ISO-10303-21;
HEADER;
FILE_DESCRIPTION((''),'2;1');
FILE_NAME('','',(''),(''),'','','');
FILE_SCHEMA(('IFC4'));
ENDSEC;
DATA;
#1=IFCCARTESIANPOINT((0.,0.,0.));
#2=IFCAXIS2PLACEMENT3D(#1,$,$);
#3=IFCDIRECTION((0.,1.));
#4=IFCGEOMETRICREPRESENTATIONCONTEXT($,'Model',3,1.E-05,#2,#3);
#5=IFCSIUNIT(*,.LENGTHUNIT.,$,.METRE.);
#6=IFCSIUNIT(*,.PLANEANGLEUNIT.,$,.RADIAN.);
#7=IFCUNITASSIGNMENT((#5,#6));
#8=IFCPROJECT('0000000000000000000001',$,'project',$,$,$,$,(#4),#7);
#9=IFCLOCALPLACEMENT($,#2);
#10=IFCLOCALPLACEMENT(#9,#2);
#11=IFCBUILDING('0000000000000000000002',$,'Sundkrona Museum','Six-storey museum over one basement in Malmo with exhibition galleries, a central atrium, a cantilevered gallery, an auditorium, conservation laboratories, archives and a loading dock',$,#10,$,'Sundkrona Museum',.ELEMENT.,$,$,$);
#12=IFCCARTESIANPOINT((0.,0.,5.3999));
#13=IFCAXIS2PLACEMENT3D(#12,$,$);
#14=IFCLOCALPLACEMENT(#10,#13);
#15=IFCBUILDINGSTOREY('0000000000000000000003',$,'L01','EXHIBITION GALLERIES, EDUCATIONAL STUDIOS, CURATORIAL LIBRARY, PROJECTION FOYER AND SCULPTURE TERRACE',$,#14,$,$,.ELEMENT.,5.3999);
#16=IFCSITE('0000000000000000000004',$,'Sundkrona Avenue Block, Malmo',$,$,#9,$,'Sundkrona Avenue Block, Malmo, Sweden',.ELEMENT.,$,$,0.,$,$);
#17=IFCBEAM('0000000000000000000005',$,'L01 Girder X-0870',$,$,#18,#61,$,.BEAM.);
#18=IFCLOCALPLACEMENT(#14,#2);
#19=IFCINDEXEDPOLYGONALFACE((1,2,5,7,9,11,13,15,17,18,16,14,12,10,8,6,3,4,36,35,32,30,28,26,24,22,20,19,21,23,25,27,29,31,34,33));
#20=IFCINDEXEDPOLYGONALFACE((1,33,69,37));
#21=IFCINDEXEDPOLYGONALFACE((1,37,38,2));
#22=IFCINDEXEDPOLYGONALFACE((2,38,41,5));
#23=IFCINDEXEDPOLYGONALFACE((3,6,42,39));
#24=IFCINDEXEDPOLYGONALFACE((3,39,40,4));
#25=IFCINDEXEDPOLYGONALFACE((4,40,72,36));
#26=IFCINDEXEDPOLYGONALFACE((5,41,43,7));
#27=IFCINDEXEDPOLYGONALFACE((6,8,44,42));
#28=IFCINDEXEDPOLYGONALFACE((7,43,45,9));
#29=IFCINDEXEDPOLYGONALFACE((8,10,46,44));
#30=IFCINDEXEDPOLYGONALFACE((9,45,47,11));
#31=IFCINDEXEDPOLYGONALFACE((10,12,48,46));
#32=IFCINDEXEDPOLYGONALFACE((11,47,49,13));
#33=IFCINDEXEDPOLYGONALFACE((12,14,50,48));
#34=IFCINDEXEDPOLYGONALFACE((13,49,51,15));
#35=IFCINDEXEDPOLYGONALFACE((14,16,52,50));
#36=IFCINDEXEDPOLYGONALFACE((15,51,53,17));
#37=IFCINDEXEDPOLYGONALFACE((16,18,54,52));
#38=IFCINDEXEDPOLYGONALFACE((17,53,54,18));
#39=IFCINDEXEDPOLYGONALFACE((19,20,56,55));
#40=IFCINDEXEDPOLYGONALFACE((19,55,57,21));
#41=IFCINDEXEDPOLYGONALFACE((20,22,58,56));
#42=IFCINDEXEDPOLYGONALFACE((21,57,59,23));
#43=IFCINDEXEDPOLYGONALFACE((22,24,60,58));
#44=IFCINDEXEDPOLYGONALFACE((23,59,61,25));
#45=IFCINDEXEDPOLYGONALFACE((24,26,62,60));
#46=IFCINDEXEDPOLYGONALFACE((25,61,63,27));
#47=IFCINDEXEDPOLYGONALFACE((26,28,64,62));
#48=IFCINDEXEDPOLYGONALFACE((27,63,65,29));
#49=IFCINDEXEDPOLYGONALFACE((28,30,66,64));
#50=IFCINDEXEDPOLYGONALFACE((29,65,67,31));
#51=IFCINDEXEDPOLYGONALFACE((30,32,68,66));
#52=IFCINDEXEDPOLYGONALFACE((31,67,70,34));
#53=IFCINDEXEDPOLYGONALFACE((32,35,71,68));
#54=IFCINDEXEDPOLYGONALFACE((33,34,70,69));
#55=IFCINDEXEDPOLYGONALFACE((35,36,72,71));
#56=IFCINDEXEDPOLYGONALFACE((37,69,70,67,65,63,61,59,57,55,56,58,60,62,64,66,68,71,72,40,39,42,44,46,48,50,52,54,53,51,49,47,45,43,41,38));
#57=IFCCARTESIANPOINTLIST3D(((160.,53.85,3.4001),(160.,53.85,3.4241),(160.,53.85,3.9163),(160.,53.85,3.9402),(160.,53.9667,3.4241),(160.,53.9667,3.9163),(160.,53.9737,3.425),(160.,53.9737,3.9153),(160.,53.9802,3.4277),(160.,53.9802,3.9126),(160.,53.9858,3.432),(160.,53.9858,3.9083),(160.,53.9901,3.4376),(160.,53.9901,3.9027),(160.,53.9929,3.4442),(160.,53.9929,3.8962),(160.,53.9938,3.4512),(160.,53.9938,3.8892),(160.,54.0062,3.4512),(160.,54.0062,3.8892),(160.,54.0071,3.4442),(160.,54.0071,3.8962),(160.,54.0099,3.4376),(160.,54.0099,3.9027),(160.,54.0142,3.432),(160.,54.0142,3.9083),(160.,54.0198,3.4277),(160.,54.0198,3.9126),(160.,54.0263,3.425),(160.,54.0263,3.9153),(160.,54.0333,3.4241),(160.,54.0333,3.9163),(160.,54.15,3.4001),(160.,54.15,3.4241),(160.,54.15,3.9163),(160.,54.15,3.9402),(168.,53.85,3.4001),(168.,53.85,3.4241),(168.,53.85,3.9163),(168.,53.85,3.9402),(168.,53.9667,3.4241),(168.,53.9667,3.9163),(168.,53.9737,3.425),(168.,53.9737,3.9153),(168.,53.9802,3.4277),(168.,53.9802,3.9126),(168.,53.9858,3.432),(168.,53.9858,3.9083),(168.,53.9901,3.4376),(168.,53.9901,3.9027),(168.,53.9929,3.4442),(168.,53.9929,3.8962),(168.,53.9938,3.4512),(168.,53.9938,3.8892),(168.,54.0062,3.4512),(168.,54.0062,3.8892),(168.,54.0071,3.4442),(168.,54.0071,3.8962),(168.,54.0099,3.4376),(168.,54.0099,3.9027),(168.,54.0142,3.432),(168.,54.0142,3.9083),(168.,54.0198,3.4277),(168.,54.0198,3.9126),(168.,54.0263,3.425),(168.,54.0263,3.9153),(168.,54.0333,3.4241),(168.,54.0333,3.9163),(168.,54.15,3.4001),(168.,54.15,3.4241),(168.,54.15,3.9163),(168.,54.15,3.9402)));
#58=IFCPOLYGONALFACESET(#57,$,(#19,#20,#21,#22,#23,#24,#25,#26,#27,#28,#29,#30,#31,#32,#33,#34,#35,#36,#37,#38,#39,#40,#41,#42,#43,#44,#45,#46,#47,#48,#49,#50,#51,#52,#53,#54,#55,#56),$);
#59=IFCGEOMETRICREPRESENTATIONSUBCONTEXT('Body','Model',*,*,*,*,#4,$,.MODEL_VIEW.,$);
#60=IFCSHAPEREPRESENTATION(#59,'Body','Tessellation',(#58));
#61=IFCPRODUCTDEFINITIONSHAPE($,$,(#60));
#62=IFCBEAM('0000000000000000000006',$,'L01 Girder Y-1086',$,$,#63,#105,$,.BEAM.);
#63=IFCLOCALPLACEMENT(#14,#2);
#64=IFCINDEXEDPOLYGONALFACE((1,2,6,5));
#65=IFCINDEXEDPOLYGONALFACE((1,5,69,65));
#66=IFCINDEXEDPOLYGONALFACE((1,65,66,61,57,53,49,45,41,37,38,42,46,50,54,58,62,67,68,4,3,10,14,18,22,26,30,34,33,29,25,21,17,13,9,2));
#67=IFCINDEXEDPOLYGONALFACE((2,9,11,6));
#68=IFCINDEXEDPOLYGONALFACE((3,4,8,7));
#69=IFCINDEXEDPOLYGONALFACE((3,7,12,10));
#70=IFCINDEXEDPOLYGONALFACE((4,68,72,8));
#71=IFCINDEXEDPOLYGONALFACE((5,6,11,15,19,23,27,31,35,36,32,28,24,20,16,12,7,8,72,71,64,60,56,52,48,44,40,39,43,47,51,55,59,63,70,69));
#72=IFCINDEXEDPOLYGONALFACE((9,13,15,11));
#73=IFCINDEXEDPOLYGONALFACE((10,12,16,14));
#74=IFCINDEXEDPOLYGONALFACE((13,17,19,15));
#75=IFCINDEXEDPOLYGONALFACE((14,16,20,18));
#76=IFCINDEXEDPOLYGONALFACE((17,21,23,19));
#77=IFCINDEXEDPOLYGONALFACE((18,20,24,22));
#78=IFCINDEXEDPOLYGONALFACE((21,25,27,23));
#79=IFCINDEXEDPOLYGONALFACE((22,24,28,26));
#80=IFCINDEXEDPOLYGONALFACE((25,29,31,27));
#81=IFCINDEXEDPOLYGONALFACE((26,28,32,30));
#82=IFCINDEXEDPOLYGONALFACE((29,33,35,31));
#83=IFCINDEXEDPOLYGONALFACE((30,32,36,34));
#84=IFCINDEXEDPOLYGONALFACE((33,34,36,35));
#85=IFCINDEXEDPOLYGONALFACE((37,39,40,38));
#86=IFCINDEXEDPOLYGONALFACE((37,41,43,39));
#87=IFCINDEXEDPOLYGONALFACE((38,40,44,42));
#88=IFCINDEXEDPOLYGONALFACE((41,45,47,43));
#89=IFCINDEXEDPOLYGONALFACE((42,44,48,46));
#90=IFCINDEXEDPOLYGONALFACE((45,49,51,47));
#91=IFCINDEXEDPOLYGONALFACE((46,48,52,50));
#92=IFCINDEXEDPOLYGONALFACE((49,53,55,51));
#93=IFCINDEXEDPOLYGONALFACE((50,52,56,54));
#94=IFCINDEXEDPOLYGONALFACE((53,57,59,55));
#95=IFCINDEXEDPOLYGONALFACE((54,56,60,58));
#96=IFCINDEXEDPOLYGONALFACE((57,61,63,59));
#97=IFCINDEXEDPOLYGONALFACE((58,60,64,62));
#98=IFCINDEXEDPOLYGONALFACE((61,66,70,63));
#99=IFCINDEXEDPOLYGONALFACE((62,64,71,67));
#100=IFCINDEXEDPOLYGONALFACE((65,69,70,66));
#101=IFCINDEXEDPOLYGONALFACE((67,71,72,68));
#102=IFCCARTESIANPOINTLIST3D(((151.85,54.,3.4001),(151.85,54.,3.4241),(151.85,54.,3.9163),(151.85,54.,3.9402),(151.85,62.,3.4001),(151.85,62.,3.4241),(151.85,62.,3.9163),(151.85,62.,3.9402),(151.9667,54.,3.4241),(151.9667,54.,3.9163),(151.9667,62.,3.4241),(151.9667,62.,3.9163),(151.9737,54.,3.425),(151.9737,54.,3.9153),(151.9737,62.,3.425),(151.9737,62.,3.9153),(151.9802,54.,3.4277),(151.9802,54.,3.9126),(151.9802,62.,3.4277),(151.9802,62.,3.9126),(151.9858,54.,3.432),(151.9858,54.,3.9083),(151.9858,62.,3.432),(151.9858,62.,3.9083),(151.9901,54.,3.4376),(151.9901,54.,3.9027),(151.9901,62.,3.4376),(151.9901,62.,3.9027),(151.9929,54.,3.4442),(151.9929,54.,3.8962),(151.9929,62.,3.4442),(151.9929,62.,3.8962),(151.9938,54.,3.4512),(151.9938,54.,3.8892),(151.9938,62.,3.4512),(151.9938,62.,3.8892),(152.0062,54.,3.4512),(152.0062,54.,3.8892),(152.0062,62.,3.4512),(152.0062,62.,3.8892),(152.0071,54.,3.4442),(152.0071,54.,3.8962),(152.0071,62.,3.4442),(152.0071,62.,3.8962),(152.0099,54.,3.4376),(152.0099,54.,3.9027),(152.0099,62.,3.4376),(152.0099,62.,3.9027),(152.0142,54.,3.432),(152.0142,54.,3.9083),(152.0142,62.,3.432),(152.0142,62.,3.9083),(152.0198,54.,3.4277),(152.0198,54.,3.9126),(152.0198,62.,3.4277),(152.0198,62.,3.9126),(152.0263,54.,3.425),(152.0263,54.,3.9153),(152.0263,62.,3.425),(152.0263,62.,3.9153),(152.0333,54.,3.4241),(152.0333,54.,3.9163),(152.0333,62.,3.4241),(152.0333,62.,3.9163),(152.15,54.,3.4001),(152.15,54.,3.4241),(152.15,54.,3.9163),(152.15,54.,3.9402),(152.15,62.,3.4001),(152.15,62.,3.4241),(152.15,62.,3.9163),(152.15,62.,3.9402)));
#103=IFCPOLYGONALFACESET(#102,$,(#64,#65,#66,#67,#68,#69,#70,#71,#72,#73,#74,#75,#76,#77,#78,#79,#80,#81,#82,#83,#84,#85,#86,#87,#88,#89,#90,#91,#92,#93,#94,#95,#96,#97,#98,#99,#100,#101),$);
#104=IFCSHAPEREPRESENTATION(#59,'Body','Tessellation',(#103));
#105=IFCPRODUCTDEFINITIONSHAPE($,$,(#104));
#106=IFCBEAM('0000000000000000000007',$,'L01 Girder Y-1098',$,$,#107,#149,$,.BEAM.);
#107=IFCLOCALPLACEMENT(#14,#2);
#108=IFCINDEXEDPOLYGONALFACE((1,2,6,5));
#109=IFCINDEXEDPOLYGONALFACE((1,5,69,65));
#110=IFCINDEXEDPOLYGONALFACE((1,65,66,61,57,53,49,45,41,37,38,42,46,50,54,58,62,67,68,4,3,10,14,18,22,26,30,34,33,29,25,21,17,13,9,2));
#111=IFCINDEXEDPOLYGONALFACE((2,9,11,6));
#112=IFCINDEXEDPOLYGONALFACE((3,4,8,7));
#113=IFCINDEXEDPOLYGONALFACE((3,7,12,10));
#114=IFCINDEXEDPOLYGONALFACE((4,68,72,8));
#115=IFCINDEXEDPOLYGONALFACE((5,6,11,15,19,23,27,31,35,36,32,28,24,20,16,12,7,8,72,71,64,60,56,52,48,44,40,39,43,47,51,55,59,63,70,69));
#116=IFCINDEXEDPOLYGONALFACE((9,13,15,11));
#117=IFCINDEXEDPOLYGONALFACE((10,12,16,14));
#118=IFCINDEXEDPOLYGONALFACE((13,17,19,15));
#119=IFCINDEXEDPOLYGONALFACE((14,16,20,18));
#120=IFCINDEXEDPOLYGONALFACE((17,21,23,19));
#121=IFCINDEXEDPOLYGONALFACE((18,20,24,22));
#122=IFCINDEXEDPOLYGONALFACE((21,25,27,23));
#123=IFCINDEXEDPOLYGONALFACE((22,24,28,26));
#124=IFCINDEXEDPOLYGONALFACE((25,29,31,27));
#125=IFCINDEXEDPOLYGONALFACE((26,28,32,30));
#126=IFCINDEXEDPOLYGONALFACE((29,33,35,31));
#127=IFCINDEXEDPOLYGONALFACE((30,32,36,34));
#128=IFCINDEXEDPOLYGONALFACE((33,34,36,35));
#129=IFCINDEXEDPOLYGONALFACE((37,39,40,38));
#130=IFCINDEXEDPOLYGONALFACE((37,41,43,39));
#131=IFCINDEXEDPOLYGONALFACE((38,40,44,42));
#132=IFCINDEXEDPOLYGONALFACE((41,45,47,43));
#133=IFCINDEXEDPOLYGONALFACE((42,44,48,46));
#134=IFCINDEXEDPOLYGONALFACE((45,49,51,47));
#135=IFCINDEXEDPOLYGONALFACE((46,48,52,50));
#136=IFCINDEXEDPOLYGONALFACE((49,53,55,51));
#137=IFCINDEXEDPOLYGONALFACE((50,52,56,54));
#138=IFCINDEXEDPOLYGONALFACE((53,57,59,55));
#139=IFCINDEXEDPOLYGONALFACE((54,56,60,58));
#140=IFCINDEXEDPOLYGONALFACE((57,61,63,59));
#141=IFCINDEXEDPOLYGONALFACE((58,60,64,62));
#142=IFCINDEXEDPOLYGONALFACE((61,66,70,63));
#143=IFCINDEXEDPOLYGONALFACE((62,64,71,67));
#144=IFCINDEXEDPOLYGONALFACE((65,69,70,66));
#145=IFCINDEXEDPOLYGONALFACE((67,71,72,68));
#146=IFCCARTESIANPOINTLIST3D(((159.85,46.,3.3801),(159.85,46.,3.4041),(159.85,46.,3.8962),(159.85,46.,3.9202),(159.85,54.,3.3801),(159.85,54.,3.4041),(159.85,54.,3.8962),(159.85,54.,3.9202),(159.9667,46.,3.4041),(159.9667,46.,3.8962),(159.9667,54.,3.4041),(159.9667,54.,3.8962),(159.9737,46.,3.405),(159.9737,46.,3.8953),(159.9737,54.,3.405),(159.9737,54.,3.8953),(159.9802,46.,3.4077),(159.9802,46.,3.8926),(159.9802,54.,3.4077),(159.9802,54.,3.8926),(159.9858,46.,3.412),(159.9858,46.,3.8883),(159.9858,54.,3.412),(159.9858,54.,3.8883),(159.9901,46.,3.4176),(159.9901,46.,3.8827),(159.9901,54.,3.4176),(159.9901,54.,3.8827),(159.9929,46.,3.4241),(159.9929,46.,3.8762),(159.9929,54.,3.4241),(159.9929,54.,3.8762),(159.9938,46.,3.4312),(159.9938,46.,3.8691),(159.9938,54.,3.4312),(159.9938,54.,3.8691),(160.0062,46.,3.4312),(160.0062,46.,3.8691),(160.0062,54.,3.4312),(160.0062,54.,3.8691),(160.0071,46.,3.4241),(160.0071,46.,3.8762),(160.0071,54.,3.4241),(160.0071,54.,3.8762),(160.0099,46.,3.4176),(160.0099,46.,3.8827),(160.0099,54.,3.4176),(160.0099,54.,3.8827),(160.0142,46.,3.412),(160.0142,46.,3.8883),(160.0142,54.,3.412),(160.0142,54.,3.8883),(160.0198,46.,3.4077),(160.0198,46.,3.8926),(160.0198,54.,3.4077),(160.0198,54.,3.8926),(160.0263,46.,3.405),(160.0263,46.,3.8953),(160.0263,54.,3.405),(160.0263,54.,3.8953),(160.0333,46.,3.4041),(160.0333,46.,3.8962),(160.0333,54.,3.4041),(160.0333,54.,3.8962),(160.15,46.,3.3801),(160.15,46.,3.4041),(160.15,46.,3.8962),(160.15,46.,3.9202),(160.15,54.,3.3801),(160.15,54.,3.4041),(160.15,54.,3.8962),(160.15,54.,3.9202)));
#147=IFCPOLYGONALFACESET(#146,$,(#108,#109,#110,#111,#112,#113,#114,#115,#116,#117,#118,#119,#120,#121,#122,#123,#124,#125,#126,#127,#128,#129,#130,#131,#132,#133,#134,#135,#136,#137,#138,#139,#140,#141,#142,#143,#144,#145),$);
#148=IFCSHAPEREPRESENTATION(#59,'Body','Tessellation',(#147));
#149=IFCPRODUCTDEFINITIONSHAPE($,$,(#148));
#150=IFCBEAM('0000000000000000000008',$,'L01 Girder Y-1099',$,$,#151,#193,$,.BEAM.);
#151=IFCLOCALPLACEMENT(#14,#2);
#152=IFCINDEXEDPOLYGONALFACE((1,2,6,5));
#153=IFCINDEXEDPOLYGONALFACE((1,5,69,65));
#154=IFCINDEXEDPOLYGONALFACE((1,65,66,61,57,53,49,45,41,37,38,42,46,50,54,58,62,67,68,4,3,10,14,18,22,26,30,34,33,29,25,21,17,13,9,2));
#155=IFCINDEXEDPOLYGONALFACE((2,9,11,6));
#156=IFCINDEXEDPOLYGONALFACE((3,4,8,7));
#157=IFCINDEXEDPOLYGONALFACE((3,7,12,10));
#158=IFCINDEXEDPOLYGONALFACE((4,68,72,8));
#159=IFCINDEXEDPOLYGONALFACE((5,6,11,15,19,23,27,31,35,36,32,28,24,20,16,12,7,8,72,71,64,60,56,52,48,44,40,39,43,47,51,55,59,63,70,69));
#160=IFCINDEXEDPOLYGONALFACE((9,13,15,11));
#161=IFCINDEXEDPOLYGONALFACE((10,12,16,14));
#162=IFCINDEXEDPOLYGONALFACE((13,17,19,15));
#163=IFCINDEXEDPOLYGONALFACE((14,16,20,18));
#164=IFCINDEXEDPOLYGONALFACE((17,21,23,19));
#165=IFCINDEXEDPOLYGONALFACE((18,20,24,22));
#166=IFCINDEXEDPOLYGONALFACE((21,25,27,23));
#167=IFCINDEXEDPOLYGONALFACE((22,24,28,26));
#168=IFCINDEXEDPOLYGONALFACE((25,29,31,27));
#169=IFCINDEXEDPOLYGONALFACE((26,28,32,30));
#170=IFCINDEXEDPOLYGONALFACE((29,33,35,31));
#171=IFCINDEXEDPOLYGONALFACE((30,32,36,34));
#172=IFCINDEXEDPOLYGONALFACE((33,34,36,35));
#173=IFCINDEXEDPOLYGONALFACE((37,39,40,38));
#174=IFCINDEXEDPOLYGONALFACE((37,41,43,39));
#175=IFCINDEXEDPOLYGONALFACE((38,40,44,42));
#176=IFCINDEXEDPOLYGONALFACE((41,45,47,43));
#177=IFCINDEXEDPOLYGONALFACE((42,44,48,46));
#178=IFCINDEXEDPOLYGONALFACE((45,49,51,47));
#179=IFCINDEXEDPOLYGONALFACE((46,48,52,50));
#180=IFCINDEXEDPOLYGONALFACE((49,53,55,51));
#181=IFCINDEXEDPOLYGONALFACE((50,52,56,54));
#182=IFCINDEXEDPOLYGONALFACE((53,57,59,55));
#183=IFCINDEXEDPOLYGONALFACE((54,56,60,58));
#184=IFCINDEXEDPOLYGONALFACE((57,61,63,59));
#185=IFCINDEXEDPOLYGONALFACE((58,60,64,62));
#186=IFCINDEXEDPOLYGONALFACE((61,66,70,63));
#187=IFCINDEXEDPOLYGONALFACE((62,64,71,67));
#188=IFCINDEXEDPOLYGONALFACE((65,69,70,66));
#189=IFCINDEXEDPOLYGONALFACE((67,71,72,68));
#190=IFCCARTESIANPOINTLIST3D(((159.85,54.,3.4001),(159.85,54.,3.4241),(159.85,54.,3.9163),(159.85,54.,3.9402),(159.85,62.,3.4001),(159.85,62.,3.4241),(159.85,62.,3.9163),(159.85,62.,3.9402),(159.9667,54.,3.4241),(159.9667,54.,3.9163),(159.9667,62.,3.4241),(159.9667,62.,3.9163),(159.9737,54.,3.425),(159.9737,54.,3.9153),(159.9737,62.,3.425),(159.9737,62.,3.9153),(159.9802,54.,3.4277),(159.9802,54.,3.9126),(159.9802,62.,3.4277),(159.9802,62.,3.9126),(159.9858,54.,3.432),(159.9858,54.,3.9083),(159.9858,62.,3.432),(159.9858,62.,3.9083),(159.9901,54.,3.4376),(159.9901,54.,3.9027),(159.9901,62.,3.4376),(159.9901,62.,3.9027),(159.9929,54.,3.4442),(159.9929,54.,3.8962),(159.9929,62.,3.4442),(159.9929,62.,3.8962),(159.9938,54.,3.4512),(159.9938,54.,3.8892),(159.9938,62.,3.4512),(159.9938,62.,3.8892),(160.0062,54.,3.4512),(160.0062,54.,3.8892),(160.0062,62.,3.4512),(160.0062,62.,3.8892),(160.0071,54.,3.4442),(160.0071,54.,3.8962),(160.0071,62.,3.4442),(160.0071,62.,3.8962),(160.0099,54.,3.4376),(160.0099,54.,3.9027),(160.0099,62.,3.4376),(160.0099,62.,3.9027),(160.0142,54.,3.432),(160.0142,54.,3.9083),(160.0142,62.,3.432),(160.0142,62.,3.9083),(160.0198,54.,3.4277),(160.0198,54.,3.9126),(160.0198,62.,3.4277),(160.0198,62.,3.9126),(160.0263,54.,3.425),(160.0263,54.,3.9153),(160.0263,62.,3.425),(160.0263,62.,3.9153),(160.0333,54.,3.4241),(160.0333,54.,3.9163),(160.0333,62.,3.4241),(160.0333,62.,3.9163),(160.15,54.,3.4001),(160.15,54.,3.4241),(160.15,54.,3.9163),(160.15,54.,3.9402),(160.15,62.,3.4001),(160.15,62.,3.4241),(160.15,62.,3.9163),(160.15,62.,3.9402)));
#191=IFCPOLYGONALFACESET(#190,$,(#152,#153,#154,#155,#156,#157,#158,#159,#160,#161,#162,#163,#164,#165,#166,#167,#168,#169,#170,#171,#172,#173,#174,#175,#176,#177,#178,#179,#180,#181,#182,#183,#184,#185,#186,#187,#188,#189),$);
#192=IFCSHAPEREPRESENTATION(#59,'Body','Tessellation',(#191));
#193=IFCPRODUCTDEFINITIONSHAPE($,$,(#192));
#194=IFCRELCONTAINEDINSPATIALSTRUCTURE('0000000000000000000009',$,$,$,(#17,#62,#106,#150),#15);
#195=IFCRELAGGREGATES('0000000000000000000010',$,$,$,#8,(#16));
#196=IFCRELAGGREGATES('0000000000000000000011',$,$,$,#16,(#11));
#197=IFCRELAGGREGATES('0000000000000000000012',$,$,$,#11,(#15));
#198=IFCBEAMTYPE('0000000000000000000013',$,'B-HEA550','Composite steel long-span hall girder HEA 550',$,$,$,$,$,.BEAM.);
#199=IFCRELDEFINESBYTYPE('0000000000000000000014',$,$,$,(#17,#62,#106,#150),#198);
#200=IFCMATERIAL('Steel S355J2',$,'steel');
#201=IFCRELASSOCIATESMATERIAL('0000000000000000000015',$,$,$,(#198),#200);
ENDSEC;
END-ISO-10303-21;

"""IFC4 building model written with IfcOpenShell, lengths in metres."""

from ifc_helpers import new_model, si_unit, direction, frame, origin, origin_2d, place, context, subcontext, project, spatial, i_section, extrude, material, material_profile, profile_set, type_object, element, save


model = new_model("IFC4")

# Units and contexts
model_context = context("Model", 3, precision=1e-05, world=origin(), true_north=direction((0.0, 1.0)))
body_context = subcontext(model_context, "Body", "Model", "MODEL_VIEW")
ifc_project = project(units=[si_unit("LENGTHUNIT", "METRE"), si_unit("PLANEANGLEUNIT", "RADIAN")], contexts=[model_context])

# Site, building, storey
site_placement = place(None, origin())
site = spatial("IfcSite", under=ifc_project, at=site_placement, Name="Sundkrona Avenue Block, Malmo", LongName="Sundkrona Avenue Block, Malmo, Sweden", CompositionType="ELEMENT", RefElevation=0.0)
building_placement = place(site_placement, origin())
building = spatial("IfcBuilding", under=site, at=building_placement, Name="Sundkrona Museum", Description="Six-storey museum over one basement in Malmo with exhibition galleries, a central atrium, a cantilevered gallery, an auditorium, conservation laboratories, archives and a loading dock", LongName="Sundkrona Museum", CompositionType="ELEMENT")
storey_placement = place(building_placement, frame((0.0, 0.0, 5.3999)))
storey = spatial("IfcBuildingStorey", under=building, at=storey_placement, Name="L01", Description="EXHIBITION GALLERIES, EDUCATIONAL STUDIOS, CURATORIAL LIBRARY, PROJECTION FOYER AND SCULPTURE TERRACE", CompositionType="ELEMENT", Elevation=5.3999)

# Shared definitions
ifc_material_1 = material(Name="Steel S355J2", Category="steel")

# Beams
ifc_material_profile_1 = material_profile(ifc_material_1, i_section(OverallWidth=0.3, OverallDepth=0.54, WebThickness=0.0125, FlangeThickness=0.0239, FilletRadius=0.0271, at=origin_2d()), Name="HEA 550")
ifc_profile_set_1 = profile_set([ifc_material_profile_1], Name="Steel S355J2")
beam_type_1 = type_object("IfcBeamType", Name="B-HEA550", Description="Composite steel long-span hall girder HEA 550", PredefinedType="BEAM", material=ifc_profile_set_1)
for number, where, z_axis, x_axis, name in (
    (1, (160.0, 54.0, 3.6702), (1.0, 0.0, 0.0), (0.0, 1.0, 0.0), "L01 Girder X-0870"),
    (2, (152.0, 54.0, 3.6702), (0.0, 1.0, 0.0), (-1.0, 0.0, 0.0), "L01 Girder Y-1086"),
    (3, (160.0, 46.0, 3.6501), (0.0, 1.0, 0.0), (-1.0, 0.0, 0.0), "L01 Girder Y-1098"),
    (4, (160.0, 54.0, 3.6702), (0.0, 1.0, 0.0), (-1.0, 0.0, 0.0), "L01 Girder Y-1099"),
):
    element("IfcBeam", number, at=place(storey_placement, frame(where, z_axis=z_axis, x_axis=x_axis)), inside=storey, type_object=beam_type_1, Name=name, PredefinedType="BEAM", context=body_context, shape_type="SweptSolid", body=[
        extrude(i_section(OverallWidth=0.3, OverallDepth=0.54, WebThickness=0.0125, FlangeThickness=0.0239, FilletRadius=0.0271, at=origin_2d()), origin(), (0.0, 0.0, 1.0), 8.0),
    ])

save(model, "model.ifc")
